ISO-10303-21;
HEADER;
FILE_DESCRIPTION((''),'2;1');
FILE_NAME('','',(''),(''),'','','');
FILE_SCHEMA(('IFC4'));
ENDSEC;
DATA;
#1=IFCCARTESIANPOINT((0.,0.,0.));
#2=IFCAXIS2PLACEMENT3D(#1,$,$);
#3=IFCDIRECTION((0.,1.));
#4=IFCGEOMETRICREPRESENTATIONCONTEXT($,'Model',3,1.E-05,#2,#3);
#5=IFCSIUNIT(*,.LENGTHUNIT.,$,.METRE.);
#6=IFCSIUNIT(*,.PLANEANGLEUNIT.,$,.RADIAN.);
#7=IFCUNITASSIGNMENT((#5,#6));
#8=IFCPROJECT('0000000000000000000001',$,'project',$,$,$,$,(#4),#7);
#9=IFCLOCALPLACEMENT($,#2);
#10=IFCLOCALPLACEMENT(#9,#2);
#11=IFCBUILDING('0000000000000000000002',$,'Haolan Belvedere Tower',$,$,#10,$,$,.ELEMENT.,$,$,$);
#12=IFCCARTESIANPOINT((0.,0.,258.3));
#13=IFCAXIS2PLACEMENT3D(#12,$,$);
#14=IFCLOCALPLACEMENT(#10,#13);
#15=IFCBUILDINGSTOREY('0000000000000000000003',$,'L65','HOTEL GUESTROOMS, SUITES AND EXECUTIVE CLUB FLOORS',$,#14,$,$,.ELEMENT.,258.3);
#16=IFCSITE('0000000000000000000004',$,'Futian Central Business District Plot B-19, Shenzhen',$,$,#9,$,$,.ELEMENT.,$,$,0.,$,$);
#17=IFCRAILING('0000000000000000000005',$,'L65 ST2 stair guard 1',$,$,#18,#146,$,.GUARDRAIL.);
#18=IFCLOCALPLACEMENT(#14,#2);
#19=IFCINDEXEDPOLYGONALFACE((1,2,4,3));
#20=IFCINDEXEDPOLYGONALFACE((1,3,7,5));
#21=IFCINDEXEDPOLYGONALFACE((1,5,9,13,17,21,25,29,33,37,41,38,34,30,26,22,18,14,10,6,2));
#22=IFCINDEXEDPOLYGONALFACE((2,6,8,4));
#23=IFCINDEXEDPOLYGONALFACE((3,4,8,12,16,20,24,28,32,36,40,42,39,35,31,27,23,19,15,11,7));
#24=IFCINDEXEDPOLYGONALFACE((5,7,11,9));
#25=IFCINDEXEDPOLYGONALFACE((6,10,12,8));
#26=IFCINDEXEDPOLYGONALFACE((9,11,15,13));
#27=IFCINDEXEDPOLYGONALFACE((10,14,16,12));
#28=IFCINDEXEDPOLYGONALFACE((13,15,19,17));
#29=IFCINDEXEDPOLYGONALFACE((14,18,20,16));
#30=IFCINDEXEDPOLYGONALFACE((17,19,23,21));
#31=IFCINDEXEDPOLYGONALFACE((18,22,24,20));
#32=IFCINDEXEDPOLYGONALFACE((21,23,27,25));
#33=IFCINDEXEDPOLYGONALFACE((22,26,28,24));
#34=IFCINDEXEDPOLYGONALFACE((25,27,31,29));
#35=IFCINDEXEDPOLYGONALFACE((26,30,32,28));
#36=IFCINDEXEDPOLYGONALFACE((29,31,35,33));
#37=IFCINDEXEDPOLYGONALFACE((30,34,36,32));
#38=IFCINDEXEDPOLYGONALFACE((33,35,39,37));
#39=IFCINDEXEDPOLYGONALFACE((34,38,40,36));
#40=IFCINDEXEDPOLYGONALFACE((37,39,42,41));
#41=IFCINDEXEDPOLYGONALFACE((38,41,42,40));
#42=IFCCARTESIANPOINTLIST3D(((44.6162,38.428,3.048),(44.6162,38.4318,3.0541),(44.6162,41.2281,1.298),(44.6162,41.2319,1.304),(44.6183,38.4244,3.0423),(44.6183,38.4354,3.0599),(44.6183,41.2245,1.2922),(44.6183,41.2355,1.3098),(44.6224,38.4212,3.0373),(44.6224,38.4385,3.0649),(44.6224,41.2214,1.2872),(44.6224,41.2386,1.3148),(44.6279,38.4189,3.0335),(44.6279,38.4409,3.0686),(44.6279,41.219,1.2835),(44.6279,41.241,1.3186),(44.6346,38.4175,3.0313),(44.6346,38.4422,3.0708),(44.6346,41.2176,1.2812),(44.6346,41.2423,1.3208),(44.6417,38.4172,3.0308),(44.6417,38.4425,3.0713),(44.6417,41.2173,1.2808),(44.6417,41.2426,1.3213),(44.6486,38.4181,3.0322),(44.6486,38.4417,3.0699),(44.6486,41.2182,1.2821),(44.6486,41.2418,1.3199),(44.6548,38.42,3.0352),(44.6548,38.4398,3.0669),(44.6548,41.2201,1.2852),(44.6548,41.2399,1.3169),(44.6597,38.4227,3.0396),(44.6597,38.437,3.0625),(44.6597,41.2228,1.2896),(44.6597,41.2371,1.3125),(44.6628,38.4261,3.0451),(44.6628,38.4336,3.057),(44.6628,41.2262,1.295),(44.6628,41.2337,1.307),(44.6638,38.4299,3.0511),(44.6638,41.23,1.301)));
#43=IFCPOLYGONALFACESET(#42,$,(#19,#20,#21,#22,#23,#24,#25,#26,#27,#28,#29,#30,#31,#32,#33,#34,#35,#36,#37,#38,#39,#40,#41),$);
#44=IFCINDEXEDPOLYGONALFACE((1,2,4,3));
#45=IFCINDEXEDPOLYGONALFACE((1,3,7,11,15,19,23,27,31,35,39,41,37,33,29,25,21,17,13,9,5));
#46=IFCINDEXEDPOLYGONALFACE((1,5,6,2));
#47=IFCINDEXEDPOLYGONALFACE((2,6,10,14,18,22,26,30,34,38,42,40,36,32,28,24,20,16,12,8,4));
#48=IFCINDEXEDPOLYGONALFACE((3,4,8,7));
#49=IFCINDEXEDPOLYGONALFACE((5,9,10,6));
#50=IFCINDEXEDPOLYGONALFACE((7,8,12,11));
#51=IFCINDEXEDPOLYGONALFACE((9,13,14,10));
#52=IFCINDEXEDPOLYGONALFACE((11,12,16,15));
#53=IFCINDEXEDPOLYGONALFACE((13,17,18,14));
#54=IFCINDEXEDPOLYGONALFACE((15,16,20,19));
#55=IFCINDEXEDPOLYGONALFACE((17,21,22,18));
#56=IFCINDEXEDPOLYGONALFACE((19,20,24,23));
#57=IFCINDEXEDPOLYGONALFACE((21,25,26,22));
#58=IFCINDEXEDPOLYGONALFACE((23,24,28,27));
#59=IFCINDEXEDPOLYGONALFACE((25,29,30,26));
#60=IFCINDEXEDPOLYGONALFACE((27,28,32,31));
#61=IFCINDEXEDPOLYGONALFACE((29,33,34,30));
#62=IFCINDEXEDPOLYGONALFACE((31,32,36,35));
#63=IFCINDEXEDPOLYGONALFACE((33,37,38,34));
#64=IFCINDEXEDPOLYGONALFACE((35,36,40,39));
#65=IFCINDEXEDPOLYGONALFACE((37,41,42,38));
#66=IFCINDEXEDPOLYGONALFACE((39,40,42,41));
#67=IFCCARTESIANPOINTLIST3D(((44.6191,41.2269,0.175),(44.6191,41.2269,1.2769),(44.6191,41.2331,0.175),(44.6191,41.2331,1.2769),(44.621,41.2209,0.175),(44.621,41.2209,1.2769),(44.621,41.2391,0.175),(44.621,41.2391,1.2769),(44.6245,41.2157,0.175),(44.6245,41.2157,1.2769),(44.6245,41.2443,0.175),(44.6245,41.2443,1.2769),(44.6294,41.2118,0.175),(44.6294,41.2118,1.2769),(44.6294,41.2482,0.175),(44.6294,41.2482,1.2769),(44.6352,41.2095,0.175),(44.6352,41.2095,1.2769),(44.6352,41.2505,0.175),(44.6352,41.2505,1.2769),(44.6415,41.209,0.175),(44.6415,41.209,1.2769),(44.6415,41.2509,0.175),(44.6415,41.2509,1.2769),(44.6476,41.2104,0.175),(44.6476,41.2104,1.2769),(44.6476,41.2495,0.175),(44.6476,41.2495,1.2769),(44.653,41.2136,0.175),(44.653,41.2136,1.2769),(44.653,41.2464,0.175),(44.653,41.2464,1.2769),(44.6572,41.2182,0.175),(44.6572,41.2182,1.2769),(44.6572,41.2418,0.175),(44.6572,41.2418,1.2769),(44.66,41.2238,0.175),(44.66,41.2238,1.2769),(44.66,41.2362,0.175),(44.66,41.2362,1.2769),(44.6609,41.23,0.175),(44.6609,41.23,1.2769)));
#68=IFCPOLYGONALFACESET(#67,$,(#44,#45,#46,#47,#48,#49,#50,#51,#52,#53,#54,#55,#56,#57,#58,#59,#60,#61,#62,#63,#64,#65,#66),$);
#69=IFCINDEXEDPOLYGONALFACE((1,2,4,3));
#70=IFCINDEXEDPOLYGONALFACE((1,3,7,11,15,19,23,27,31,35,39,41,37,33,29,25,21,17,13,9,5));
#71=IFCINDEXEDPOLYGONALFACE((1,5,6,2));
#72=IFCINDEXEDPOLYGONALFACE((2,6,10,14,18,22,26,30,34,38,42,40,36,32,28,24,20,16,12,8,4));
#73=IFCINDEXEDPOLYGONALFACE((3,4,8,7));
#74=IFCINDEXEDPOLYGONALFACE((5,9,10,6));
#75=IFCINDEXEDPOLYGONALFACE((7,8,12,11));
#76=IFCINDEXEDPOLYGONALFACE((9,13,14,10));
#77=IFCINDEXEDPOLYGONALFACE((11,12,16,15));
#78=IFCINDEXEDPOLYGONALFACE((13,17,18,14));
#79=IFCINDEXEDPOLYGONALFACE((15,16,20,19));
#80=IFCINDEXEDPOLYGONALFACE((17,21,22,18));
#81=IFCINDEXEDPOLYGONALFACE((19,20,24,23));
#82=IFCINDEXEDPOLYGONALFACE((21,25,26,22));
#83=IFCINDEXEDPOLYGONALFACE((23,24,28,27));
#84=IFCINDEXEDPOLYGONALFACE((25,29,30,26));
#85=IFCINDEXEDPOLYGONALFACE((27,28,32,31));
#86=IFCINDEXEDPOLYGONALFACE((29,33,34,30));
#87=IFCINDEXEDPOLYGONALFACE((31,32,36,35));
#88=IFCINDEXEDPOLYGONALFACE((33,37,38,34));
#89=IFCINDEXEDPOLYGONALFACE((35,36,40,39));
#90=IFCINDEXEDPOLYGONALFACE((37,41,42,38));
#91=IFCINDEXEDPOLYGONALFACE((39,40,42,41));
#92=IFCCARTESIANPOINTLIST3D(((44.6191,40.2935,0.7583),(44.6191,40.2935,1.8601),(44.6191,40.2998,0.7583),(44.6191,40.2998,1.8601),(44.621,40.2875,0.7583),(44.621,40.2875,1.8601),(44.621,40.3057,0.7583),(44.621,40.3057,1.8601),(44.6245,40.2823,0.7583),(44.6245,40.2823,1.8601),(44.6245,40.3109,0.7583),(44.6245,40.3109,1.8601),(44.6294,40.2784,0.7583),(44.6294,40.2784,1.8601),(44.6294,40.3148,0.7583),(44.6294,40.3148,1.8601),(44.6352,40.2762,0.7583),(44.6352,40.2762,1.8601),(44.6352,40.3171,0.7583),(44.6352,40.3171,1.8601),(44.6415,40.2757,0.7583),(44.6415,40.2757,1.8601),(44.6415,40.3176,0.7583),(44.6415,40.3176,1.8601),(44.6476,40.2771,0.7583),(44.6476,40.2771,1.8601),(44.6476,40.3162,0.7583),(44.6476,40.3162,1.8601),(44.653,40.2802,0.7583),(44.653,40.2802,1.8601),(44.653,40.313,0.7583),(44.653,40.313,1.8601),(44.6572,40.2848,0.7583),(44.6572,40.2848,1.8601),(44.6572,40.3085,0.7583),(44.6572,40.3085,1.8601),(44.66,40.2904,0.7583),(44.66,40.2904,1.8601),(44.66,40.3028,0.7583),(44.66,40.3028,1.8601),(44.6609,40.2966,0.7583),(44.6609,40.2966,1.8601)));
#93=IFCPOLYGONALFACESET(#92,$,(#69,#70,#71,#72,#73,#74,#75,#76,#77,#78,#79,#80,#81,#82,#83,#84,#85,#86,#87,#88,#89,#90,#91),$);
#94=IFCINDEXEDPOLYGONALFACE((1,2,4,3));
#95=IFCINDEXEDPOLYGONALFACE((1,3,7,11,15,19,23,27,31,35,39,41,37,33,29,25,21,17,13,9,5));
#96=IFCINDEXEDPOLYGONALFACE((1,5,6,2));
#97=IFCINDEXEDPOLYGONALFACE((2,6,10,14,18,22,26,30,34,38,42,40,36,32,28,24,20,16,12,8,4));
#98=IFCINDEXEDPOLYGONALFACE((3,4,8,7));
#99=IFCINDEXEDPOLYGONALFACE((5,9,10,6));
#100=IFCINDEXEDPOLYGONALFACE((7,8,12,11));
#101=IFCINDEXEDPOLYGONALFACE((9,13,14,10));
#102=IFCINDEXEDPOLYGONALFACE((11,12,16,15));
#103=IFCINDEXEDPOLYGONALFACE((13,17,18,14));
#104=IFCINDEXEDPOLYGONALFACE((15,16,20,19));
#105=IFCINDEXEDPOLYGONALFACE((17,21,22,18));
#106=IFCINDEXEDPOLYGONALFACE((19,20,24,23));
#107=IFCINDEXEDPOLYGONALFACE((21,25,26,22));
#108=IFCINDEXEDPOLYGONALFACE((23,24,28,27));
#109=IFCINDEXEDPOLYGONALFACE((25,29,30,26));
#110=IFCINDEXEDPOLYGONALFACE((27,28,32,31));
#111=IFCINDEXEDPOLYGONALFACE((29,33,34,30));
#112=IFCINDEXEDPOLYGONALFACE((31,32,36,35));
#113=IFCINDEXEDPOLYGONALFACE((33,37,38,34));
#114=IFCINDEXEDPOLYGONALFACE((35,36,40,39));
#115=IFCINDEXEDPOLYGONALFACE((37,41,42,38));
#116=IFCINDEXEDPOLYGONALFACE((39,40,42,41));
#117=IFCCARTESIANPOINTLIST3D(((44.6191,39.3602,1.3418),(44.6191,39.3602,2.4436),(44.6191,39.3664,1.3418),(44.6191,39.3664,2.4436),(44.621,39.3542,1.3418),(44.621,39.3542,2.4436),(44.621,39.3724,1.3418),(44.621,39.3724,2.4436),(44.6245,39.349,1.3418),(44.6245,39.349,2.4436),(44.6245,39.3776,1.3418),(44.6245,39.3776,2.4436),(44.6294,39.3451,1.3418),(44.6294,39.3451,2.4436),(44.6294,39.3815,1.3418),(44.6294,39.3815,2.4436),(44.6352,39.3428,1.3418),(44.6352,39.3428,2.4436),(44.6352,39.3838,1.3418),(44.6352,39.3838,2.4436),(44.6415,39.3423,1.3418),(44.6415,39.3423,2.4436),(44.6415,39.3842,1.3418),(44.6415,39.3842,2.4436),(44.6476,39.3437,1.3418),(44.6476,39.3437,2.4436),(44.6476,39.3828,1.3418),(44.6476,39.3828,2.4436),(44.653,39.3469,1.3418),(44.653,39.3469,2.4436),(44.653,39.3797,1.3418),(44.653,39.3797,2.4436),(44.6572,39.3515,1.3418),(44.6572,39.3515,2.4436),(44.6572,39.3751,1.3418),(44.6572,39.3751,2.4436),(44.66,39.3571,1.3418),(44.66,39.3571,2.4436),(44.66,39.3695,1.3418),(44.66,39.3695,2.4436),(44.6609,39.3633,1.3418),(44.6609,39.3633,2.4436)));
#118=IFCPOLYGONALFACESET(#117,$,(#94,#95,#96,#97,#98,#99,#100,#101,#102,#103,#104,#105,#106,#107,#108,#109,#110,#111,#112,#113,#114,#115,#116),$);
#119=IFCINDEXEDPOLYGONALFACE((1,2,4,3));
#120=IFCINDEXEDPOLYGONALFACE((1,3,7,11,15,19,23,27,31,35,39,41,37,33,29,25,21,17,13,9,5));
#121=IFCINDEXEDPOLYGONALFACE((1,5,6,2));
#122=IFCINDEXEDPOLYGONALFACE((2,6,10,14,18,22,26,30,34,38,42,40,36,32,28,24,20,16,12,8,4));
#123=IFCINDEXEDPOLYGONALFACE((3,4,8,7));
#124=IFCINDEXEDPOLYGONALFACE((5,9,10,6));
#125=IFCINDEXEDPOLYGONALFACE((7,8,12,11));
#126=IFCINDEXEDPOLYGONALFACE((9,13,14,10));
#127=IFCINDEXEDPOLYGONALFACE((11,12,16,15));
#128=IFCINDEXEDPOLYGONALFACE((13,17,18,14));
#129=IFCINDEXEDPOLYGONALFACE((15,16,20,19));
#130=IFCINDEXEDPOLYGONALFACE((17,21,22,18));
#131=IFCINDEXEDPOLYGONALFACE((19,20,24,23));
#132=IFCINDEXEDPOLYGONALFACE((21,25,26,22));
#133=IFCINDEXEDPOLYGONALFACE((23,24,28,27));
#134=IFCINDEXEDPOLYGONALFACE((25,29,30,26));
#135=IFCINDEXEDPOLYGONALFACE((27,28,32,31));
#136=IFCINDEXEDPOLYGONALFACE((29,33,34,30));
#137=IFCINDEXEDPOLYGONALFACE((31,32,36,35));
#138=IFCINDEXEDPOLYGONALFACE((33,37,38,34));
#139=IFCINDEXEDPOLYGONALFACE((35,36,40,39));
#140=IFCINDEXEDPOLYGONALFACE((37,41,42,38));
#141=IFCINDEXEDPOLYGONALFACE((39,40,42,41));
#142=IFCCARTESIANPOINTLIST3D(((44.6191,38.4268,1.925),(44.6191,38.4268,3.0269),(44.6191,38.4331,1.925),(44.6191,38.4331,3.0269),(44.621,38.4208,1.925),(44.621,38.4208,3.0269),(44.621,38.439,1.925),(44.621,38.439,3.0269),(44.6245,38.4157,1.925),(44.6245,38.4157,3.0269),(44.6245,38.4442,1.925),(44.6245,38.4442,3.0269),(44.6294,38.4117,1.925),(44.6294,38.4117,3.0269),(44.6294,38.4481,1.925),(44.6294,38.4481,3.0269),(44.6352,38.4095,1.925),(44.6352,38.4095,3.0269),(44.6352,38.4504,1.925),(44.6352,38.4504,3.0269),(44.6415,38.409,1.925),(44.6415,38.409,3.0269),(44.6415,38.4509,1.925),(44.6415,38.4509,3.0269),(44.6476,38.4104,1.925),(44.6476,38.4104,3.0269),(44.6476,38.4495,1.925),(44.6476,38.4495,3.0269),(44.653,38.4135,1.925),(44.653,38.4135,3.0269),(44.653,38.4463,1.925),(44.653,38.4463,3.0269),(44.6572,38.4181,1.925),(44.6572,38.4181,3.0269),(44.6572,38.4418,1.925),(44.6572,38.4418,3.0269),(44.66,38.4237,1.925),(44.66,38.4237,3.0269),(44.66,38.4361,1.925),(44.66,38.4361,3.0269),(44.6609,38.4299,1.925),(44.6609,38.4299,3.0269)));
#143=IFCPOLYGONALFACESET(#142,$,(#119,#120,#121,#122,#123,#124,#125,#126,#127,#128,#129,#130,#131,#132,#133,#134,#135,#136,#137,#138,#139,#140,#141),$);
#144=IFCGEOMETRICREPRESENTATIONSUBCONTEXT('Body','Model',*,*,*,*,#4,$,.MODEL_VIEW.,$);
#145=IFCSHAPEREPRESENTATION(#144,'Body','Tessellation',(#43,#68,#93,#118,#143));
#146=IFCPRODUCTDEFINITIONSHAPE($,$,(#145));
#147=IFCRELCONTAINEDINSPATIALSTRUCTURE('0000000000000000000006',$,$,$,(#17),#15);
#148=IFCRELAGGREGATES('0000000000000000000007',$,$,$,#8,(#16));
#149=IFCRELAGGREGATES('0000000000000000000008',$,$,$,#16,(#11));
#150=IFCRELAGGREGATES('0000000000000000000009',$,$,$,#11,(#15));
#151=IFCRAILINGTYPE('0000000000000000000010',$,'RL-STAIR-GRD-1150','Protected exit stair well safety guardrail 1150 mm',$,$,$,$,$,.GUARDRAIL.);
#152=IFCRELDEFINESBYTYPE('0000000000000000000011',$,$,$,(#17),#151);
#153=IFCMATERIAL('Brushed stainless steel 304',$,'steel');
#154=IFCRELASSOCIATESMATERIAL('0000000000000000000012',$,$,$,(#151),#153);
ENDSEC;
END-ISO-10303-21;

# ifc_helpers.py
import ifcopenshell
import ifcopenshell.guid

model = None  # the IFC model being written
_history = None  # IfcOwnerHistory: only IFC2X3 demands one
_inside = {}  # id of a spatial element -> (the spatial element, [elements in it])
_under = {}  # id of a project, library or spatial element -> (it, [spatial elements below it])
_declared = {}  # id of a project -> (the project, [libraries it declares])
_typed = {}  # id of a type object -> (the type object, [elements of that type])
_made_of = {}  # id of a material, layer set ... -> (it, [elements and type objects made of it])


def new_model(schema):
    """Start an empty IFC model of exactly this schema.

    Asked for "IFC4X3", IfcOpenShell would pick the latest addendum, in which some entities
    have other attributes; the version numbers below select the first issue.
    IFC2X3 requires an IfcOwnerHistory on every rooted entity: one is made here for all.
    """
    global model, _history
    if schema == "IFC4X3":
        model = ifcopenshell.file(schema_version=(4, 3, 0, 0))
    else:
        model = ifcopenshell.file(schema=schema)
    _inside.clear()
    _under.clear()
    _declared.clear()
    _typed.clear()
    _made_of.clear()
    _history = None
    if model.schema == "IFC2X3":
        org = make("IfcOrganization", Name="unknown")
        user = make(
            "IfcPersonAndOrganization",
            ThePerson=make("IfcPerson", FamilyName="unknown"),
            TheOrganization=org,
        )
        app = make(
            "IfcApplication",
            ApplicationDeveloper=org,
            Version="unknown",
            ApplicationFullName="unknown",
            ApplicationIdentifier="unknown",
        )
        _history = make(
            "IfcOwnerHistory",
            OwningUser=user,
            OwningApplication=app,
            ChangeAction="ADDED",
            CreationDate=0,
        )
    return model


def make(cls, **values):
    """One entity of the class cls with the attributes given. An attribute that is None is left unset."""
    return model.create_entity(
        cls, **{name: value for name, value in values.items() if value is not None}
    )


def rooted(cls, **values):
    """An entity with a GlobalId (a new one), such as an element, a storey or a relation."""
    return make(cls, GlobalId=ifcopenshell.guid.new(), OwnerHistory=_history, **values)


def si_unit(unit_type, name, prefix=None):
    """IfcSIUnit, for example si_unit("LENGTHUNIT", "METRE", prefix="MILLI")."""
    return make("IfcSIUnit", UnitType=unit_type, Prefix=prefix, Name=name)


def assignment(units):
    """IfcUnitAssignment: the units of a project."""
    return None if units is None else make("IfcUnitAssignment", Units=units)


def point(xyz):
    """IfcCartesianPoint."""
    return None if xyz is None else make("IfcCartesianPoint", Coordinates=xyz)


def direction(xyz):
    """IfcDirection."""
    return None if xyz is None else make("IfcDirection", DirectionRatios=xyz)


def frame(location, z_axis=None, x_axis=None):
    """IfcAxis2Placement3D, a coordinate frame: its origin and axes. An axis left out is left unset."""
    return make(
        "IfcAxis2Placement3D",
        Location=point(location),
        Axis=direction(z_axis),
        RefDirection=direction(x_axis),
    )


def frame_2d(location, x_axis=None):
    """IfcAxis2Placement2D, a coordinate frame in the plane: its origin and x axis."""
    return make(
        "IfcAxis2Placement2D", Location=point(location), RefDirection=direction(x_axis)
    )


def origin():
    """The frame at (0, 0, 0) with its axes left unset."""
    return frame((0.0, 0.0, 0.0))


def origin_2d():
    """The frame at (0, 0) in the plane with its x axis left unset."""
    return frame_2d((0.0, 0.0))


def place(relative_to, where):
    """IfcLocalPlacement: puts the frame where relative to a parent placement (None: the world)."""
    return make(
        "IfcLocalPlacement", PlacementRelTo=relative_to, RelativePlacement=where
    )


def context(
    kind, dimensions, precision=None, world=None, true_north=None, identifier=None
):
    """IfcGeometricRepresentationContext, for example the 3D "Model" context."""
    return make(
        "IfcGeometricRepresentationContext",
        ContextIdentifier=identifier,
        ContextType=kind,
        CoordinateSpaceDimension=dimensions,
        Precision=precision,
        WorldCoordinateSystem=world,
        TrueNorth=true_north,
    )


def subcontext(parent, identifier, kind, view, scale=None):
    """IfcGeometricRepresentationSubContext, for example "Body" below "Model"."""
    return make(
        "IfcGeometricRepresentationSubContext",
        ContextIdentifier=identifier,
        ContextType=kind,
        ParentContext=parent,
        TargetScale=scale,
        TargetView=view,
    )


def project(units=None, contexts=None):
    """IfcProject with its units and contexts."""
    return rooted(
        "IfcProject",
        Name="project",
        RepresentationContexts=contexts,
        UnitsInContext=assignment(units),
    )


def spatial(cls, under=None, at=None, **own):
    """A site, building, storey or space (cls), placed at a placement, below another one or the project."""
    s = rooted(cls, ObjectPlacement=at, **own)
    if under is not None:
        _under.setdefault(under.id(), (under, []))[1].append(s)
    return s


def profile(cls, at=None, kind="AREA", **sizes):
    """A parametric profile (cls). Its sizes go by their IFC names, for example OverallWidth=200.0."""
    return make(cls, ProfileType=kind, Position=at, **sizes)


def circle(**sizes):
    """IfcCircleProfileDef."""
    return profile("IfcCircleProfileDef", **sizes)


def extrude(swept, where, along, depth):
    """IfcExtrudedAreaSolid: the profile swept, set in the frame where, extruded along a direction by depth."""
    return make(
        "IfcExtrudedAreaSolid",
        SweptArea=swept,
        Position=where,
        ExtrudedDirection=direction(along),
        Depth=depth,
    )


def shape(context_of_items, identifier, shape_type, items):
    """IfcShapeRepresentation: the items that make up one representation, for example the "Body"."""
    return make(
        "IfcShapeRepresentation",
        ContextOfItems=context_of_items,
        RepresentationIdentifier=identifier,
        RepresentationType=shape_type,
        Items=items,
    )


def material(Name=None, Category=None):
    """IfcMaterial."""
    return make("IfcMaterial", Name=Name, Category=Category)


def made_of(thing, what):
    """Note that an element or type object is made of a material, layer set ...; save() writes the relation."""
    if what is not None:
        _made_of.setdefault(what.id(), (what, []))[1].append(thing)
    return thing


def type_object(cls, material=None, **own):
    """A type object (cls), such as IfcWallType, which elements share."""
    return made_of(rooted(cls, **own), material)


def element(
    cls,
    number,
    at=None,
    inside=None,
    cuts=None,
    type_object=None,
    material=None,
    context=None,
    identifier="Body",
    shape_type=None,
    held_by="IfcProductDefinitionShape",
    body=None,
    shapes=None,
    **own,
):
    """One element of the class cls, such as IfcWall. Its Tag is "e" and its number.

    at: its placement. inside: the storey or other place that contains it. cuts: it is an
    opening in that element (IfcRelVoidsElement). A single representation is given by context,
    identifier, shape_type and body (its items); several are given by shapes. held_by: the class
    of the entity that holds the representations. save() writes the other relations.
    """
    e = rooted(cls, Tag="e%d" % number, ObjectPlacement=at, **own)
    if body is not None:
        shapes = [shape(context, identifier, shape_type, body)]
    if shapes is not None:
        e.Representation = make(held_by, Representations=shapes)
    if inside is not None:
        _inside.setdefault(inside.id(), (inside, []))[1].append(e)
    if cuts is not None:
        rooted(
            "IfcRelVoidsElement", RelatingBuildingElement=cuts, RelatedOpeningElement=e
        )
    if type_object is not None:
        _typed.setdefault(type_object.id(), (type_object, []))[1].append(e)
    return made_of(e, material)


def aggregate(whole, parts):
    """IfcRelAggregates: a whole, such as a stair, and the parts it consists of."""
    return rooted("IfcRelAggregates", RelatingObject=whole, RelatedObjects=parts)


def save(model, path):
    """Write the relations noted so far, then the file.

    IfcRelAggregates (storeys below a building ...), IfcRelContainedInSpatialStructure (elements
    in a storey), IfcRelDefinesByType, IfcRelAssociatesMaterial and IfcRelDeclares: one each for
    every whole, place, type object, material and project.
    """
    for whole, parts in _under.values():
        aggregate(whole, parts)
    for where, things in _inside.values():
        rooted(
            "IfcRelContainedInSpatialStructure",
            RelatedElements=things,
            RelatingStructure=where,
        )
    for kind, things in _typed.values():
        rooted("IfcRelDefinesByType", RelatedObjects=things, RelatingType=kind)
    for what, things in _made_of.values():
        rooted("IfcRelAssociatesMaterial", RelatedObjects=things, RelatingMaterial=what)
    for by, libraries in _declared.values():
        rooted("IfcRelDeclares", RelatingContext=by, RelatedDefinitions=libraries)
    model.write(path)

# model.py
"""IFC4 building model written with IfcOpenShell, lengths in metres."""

from ifc_helpers import new_model, si_unit, direction, frame, origin, origin_2d, place, context, subcontext, project, spatial, circle, extrude, material, type_object, element, save


model = new_model("IFC4")

# Units and contexts
model_context = context("Model", 3, precision=1e-05, world=origin(), true_north=direction((0.0, 1.0)))
body_context = subcontext(model_context, "Body", "Model", "MODEL_VIEW")
ifc_project = project(units=[si_unit("LENGTHUNIT", "METRE"), si_unit("PLANEANGLEUNIT", "RADIAN")], contexts=[model_context])

# Site, building, storey
site_placement = place(None, origin())
site = spatial("IfcSite", under=ifc_project, at=site_placement, Name="Futian Central Business District Plot B-19, Shenzhen", CompositionType="ELEMENT", RefElevation=0.0)
building_placement = place(site_placement, origin())
building = spatial("IfcBuilding", under=site, at=building_placement, Name="Haolan Belvedere Tower", CompositionType="ELEMENT")
storey_placement = place(building_placement, frame((0.0, 0.0, 258.3)))
storey = spatial("IfcBuildingStorey", under=building, at=storey_placement, Name="L65", Description="HOTEL GUESTROOMS, SUITES AND EXECUTIVE CLUB FLOORS", CompositionType="ELEMENT", Elevation=258.3)

# Railing
ifc_material_1 = material(Name="Brushed stainless steel 304", Category="steel")
railing_type_1 = type_object("IfcRailingType", Name="RL-STAIR-GRD-1150", Description="Protected exit stair well safety guardrail 1150 mm", PredefinedType="GUARDRAIL", material=ifc_material_1)
railing_1_placement = place(storey_placement, frame((44.6399, 41.23, 0.175)))
element("IfcRailing", 1, at=railing_1_placement, inside=storey, type_object=railing_type_1, Name="L65 ST2 stair guard 1", PredefinedType="GUARDRAIL", context=body_context, shape_type="SweptSolid", body=[
    extrude(circle(Radius=0.0239, at=origin_2d()), frame((0.0, 0.0, 1.126), z_axis=(0.0, -0.848002, 0.529992), x_axis=(1.0, 0.0, 0.0)), (0.0, 0.0, 1.0), 3.302),
    extrude(circle(Radius=0.021, at=origin_2d()), origin(), (0.0, 0.0, 1.0), 1.1018),
    extrude(circle(Radius=0.021, at=origin_2d()), frame((0.0, -0.9333, 0.5833)), (0.0, 0.0, 1.0), 1.1018),
    extrude(circle(Radius=0.021, at=origin_2d()), frame((0.0, -1.8667, 1.1667)), (0.0, 0.0, 1.0), 1.1018),
    extrude(circle(Radius=0.021, at=origin_2d()), frame((0.0, -2.8, 1.75)), (0.0, 0.0, 1.0), 1.1018),
])

save(model, "model.ifc")
